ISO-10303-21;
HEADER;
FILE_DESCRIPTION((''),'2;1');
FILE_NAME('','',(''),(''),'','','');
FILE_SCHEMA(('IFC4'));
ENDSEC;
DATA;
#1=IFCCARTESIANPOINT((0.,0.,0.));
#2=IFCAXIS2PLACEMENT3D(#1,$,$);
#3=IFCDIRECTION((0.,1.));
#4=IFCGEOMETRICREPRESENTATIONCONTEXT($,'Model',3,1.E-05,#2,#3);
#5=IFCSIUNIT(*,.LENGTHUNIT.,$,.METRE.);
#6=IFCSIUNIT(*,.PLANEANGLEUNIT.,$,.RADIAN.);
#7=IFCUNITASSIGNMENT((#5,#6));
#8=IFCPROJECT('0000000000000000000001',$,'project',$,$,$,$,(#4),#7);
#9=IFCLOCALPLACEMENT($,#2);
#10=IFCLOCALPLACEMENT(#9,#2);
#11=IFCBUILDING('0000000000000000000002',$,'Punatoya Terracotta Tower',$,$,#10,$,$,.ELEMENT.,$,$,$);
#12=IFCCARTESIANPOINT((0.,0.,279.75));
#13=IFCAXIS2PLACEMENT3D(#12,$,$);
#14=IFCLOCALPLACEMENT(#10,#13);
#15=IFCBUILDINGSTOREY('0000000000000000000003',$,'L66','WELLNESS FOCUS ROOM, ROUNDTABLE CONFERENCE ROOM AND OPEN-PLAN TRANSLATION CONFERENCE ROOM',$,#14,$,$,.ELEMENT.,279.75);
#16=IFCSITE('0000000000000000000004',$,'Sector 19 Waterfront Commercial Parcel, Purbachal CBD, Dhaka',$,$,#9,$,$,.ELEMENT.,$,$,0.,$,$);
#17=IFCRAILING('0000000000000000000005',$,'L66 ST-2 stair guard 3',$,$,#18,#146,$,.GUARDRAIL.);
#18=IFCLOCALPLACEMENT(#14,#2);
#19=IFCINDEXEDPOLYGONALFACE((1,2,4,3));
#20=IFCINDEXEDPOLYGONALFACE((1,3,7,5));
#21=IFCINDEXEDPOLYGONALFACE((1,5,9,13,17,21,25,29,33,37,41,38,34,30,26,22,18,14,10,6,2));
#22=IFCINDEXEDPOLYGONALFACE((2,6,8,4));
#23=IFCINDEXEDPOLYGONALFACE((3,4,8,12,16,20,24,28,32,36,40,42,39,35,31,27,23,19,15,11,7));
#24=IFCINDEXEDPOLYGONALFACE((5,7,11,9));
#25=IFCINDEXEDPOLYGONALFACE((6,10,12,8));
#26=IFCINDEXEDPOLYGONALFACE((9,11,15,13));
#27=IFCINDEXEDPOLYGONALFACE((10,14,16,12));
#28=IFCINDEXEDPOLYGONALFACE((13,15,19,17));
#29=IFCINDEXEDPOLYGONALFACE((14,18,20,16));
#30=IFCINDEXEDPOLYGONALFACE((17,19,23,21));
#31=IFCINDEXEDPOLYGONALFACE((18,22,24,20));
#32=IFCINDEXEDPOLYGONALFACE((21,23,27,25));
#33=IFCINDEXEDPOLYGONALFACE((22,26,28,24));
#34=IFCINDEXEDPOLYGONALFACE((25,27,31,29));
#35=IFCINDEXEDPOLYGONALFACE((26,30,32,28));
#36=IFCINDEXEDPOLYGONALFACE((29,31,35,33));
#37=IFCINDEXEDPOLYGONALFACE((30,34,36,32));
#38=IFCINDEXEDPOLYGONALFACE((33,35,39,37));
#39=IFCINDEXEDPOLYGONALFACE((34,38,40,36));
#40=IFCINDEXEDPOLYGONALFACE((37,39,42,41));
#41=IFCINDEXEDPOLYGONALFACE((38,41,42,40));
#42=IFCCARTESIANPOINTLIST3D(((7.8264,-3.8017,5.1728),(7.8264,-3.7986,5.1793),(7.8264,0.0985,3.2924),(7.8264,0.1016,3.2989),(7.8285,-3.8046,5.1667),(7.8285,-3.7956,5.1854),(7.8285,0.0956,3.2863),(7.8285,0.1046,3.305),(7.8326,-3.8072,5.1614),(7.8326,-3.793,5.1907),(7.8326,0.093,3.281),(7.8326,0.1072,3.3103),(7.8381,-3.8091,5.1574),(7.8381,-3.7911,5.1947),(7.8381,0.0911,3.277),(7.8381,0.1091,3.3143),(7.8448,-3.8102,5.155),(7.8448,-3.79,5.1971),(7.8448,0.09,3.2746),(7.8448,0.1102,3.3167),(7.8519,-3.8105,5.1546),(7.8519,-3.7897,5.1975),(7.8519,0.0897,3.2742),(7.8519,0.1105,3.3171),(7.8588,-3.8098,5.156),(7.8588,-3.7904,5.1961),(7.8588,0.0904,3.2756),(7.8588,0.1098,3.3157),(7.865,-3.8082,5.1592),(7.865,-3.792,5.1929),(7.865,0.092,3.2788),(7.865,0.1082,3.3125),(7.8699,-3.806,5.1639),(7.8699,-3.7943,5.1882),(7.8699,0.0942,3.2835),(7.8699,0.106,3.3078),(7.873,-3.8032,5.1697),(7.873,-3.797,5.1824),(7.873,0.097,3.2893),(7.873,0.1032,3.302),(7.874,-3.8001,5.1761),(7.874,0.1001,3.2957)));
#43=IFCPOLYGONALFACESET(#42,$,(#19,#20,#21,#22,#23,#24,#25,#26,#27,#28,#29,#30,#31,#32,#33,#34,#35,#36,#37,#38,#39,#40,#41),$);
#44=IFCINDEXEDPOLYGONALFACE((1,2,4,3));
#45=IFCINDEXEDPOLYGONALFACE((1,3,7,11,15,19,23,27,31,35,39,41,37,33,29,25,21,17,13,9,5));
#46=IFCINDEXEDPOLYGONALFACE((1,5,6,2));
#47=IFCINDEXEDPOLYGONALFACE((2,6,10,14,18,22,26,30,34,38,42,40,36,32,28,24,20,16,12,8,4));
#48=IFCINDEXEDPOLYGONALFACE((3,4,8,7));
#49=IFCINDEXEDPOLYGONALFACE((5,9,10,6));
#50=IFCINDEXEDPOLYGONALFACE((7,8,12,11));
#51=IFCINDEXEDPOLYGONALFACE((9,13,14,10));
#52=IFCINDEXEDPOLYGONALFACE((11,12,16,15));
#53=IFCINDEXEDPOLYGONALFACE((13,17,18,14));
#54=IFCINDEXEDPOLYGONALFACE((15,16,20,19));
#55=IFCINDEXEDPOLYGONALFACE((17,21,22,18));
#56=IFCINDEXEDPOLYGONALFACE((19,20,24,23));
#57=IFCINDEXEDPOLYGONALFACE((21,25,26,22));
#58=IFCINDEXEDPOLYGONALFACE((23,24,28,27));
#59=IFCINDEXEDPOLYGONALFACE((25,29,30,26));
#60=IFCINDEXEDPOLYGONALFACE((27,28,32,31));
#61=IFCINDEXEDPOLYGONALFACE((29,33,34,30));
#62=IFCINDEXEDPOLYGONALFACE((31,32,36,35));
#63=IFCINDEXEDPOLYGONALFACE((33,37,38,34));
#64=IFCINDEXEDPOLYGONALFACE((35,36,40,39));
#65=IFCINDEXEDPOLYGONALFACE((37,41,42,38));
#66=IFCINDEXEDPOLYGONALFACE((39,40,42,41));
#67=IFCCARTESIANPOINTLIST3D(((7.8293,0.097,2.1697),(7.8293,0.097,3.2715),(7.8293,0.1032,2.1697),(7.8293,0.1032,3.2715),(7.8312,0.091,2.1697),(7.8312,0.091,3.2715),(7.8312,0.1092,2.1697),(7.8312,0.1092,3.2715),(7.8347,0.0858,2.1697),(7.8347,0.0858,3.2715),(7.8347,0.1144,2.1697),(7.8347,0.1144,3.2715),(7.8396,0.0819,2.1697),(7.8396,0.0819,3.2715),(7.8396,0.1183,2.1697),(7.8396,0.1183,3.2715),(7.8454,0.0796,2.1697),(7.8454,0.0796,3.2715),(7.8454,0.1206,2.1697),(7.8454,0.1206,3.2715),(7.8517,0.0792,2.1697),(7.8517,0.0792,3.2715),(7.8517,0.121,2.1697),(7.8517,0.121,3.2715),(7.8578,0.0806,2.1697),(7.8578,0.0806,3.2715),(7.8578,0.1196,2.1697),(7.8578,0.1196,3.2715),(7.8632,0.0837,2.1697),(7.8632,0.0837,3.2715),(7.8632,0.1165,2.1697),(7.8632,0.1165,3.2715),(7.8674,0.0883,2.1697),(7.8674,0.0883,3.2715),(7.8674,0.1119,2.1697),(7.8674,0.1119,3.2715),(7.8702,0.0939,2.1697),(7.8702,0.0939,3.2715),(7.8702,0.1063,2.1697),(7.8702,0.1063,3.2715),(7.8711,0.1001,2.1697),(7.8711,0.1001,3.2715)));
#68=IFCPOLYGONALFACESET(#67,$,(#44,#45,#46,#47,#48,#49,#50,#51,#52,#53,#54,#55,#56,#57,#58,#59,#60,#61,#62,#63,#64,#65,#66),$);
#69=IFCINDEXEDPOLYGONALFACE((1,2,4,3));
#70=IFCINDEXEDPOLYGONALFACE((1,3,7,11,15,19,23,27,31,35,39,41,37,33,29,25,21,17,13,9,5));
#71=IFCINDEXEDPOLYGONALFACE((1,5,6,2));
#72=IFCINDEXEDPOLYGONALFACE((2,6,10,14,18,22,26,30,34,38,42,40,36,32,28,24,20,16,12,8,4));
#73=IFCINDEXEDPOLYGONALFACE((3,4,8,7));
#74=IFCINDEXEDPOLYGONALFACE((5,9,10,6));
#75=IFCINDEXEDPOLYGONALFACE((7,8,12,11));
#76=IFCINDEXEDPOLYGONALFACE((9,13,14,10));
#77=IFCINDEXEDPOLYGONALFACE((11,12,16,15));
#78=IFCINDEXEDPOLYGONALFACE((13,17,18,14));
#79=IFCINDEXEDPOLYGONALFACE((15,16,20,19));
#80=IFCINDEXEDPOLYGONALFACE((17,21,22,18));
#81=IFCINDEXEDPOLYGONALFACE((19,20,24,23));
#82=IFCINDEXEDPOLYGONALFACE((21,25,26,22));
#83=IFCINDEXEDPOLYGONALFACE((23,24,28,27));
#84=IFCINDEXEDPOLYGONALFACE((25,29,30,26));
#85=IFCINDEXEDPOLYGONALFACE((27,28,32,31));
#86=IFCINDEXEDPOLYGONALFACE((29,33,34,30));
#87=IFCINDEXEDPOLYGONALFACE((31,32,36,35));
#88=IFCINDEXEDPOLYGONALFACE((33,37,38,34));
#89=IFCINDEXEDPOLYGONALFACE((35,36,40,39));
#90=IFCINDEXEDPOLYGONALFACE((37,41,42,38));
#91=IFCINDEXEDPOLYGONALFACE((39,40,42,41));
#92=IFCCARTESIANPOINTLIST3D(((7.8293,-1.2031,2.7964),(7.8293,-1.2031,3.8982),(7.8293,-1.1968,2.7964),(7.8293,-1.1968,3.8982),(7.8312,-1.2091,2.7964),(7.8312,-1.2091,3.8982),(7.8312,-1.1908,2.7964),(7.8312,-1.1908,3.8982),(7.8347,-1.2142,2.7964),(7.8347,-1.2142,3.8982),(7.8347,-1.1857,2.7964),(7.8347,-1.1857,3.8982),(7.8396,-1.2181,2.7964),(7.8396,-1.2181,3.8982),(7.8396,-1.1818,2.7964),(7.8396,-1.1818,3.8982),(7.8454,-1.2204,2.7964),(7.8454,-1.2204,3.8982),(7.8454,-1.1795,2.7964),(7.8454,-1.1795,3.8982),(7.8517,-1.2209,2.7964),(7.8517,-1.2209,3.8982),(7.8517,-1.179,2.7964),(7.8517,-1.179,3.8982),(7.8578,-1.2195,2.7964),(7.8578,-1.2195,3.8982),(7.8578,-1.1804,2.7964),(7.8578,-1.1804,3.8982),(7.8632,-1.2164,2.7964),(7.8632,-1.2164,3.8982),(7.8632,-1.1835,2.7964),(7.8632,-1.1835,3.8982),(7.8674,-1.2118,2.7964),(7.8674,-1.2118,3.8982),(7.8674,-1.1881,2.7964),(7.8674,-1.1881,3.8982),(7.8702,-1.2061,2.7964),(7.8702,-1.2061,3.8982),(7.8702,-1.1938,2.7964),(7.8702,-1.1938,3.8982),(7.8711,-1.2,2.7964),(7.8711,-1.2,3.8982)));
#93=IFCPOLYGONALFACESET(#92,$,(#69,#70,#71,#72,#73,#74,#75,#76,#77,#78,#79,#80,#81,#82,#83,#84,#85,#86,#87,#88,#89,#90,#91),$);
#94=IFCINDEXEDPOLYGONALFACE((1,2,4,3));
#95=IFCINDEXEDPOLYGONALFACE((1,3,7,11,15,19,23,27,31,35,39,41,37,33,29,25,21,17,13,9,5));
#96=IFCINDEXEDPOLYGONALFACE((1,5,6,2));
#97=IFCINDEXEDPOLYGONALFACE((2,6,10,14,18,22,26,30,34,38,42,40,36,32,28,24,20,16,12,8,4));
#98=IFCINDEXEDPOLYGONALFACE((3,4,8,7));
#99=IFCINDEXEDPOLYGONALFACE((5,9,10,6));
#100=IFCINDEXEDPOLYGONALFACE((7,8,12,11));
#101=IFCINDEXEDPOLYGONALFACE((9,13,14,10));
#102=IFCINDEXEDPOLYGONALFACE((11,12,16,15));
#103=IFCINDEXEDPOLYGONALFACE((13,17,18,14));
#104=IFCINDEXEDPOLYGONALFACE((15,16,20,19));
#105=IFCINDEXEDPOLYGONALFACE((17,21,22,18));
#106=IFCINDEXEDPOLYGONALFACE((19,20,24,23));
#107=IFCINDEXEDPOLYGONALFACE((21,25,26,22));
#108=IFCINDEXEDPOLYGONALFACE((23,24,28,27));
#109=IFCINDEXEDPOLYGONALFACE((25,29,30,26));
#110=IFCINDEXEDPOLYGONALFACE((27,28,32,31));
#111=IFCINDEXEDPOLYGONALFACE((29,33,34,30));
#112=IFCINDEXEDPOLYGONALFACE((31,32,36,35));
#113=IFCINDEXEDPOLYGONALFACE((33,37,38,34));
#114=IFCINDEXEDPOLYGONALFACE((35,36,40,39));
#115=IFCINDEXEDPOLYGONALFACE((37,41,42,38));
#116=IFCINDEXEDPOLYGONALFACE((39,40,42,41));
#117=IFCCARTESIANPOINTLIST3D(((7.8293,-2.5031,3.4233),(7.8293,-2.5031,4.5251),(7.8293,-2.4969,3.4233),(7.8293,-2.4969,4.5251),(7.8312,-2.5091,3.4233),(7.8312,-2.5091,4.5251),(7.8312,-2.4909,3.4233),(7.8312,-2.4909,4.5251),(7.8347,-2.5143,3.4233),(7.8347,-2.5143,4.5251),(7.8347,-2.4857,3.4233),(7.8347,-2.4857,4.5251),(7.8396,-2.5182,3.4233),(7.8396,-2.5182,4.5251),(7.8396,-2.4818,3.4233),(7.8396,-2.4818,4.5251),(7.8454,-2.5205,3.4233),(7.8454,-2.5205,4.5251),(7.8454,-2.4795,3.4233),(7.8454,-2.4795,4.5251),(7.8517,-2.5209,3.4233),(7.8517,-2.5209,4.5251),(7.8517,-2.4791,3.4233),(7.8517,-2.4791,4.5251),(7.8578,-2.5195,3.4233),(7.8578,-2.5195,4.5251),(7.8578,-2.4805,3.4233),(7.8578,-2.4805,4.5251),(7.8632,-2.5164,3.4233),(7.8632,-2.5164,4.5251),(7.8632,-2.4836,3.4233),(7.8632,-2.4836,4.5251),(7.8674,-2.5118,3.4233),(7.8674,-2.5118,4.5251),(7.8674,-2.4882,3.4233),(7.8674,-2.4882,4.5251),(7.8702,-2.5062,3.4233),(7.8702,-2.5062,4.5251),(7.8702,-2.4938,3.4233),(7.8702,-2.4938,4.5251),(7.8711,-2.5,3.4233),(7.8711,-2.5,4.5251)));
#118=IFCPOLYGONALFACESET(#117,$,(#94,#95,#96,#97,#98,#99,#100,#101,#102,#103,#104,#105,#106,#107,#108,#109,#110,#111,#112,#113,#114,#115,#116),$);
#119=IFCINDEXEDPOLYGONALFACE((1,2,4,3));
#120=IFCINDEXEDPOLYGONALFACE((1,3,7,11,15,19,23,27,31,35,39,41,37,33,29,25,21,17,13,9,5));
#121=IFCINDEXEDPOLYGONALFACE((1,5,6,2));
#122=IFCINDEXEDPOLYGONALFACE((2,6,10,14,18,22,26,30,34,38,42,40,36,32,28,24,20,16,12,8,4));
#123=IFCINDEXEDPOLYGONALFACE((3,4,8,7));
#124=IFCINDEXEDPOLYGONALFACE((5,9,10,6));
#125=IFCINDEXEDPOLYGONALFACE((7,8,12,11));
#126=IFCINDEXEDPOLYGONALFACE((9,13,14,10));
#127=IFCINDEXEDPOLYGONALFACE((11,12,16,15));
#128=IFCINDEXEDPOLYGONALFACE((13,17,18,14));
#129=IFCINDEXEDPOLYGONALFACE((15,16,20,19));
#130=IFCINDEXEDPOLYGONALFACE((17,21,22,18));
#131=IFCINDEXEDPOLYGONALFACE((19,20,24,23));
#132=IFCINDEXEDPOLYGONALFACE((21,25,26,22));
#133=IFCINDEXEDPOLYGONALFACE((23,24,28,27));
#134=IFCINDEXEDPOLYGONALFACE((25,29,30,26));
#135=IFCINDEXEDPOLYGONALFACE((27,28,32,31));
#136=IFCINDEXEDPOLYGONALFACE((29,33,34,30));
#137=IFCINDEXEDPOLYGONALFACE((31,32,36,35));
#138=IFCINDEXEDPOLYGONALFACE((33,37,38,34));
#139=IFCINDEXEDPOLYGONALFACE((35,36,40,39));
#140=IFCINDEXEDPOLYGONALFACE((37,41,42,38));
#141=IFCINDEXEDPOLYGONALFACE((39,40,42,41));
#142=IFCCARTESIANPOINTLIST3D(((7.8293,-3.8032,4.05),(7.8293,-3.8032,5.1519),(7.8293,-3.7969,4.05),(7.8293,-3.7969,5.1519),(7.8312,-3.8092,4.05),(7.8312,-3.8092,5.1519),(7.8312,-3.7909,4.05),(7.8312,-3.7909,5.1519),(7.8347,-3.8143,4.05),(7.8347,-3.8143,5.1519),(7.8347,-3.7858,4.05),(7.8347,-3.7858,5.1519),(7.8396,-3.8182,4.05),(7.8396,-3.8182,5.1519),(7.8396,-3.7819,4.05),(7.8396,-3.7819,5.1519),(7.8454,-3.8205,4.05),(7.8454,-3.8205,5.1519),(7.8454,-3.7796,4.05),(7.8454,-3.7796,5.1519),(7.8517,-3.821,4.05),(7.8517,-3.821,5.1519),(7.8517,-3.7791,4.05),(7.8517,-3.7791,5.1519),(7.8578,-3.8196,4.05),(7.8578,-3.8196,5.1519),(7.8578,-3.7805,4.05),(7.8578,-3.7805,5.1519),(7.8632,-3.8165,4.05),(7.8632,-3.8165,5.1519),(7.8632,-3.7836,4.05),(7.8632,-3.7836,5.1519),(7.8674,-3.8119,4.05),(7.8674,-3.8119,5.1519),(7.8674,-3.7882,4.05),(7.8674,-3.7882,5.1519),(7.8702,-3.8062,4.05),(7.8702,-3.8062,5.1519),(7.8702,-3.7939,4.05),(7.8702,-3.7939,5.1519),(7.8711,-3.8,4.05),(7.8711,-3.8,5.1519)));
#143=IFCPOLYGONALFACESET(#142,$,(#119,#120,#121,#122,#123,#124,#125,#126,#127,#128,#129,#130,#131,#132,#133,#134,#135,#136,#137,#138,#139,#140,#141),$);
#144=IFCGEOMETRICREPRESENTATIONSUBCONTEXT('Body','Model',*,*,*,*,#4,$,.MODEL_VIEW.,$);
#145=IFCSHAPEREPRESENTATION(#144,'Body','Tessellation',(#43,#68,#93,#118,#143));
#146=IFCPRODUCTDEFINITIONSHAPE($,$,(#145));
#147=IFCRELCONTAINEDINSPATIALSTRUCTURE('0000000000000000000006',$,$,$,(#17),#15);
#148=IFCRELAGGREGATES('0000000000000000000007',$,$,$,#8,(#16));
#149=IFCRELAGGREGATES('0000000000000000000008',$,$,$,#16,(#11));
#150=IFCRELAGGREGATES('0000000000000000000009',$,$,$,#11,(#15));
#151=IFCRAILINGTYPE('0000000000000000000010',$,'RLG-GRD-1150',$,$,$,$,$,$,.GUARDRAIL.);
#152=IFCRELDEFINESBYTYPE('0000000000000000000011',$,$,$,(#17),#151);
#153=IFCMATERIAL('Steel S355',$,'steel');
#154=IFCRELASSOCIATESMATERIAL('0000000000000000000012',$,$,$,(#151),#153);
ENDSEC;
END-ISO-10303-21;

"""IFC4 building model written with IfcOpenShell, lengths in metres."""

from ifc_helpers import new_model, si_unit, direction, frame, origin, origin_2d, place, context, subcontext, project, spatial, circle, extrude, material, type_object, element, save


model = new_model("IFC4")

# Units and contexts
model_context = context("Model", 3, precision=1e-05, world=origin(), true_north=direction((0.0, 1.0)))
body_context = subcontext(model_context, "Body", "Model", "MODEL_VIEW")
ifc_project = project(units=[si_unit("LENGTHUNIT", "METRE"), si_unit("PLANEANGLEUNIT", "RADIAN")], contexts=[model_context])

# Site, building, storey
site_placement = place(None, origin())
site = spatial("IfcSite", under=ifc_project, at=site_placement, Name="Sector 19 Waterfront Commercial Parcel, Purbachal CBD, Dhaka", CompositionType="ELEMENT", RefElevation=0.0)
building_placement = place(site_placement, origin())
building = spatial("IfcBuilding", under=site, at=building_placement, Name="Punatoya Terracotta Tower", CompositionType="ELEMENT")
storey_placement = place(building_placement, frame((0.0, 0.0, 279.75)))
storey = spatial("IfcBuildingStorey", under=building, at=storey_placement, Name="L66", Description="WELLNESS FOCUS ROOM, ROUNDTABLE CONFERENCE ROOM AND OPEN-PLAN TRANSLATION CONFERENCE ROOM", CompositionType="ELEMENT", Elevation=279.75)

# Shared definitions
ifc_material_1 = material(Name="Steel S355", Category="steel")

# Railing
railing_type_1 = type_object("IfcRailingType", Name="RLG-GRD-1150", PredefinedType="GUARDRAIL", material=ifc_material_1)
railing_1_placement = place(storey_placement, frame((7.8501, 0.1001, 2.1697)))
element("IfcRailing", 1, at=railing_1_placement, inside=storey, type_object=railing_type_1, Name="L66 ST-2 stair guard 3", PredefinedType="GUARDRAIL", context=body_context, shape_type="SweptSolid", body=[
    extrude(circle(Radius=0.0239, at=origin_2d()), frame((0.0, 0.0, 1.126), z_axis=(0.0, -0.900774, 0.434289), x_axis=(1.0, 0.0, 0.0)), (0.0, 0.0, 1.0), 4.3298),
    extrude(circle(Radius=0.021, at=origin_2d()), origin(), (0.0, 0.0, 1.0), 1.1018),
    extrude(circle(Radius=0.021, at=origin_2d()), frame((0.0, -1.3, 0.6267)), (0.0, 0.0, 1.0), 1.1018),
    extrude(circle(Radius=0.021, at=origin_2d()), frame((0.0, -2.6001, 1.2537)), (0.0, 0.0, 1.0), 1.1018),
    extrude(circle(Radius=0.021, at=origin_2d()), frame((0.0, -3.9001, 1.8804)), (0.0, 0.0, 1.0), 1.1018),
])

save(model, "model.ifc")
